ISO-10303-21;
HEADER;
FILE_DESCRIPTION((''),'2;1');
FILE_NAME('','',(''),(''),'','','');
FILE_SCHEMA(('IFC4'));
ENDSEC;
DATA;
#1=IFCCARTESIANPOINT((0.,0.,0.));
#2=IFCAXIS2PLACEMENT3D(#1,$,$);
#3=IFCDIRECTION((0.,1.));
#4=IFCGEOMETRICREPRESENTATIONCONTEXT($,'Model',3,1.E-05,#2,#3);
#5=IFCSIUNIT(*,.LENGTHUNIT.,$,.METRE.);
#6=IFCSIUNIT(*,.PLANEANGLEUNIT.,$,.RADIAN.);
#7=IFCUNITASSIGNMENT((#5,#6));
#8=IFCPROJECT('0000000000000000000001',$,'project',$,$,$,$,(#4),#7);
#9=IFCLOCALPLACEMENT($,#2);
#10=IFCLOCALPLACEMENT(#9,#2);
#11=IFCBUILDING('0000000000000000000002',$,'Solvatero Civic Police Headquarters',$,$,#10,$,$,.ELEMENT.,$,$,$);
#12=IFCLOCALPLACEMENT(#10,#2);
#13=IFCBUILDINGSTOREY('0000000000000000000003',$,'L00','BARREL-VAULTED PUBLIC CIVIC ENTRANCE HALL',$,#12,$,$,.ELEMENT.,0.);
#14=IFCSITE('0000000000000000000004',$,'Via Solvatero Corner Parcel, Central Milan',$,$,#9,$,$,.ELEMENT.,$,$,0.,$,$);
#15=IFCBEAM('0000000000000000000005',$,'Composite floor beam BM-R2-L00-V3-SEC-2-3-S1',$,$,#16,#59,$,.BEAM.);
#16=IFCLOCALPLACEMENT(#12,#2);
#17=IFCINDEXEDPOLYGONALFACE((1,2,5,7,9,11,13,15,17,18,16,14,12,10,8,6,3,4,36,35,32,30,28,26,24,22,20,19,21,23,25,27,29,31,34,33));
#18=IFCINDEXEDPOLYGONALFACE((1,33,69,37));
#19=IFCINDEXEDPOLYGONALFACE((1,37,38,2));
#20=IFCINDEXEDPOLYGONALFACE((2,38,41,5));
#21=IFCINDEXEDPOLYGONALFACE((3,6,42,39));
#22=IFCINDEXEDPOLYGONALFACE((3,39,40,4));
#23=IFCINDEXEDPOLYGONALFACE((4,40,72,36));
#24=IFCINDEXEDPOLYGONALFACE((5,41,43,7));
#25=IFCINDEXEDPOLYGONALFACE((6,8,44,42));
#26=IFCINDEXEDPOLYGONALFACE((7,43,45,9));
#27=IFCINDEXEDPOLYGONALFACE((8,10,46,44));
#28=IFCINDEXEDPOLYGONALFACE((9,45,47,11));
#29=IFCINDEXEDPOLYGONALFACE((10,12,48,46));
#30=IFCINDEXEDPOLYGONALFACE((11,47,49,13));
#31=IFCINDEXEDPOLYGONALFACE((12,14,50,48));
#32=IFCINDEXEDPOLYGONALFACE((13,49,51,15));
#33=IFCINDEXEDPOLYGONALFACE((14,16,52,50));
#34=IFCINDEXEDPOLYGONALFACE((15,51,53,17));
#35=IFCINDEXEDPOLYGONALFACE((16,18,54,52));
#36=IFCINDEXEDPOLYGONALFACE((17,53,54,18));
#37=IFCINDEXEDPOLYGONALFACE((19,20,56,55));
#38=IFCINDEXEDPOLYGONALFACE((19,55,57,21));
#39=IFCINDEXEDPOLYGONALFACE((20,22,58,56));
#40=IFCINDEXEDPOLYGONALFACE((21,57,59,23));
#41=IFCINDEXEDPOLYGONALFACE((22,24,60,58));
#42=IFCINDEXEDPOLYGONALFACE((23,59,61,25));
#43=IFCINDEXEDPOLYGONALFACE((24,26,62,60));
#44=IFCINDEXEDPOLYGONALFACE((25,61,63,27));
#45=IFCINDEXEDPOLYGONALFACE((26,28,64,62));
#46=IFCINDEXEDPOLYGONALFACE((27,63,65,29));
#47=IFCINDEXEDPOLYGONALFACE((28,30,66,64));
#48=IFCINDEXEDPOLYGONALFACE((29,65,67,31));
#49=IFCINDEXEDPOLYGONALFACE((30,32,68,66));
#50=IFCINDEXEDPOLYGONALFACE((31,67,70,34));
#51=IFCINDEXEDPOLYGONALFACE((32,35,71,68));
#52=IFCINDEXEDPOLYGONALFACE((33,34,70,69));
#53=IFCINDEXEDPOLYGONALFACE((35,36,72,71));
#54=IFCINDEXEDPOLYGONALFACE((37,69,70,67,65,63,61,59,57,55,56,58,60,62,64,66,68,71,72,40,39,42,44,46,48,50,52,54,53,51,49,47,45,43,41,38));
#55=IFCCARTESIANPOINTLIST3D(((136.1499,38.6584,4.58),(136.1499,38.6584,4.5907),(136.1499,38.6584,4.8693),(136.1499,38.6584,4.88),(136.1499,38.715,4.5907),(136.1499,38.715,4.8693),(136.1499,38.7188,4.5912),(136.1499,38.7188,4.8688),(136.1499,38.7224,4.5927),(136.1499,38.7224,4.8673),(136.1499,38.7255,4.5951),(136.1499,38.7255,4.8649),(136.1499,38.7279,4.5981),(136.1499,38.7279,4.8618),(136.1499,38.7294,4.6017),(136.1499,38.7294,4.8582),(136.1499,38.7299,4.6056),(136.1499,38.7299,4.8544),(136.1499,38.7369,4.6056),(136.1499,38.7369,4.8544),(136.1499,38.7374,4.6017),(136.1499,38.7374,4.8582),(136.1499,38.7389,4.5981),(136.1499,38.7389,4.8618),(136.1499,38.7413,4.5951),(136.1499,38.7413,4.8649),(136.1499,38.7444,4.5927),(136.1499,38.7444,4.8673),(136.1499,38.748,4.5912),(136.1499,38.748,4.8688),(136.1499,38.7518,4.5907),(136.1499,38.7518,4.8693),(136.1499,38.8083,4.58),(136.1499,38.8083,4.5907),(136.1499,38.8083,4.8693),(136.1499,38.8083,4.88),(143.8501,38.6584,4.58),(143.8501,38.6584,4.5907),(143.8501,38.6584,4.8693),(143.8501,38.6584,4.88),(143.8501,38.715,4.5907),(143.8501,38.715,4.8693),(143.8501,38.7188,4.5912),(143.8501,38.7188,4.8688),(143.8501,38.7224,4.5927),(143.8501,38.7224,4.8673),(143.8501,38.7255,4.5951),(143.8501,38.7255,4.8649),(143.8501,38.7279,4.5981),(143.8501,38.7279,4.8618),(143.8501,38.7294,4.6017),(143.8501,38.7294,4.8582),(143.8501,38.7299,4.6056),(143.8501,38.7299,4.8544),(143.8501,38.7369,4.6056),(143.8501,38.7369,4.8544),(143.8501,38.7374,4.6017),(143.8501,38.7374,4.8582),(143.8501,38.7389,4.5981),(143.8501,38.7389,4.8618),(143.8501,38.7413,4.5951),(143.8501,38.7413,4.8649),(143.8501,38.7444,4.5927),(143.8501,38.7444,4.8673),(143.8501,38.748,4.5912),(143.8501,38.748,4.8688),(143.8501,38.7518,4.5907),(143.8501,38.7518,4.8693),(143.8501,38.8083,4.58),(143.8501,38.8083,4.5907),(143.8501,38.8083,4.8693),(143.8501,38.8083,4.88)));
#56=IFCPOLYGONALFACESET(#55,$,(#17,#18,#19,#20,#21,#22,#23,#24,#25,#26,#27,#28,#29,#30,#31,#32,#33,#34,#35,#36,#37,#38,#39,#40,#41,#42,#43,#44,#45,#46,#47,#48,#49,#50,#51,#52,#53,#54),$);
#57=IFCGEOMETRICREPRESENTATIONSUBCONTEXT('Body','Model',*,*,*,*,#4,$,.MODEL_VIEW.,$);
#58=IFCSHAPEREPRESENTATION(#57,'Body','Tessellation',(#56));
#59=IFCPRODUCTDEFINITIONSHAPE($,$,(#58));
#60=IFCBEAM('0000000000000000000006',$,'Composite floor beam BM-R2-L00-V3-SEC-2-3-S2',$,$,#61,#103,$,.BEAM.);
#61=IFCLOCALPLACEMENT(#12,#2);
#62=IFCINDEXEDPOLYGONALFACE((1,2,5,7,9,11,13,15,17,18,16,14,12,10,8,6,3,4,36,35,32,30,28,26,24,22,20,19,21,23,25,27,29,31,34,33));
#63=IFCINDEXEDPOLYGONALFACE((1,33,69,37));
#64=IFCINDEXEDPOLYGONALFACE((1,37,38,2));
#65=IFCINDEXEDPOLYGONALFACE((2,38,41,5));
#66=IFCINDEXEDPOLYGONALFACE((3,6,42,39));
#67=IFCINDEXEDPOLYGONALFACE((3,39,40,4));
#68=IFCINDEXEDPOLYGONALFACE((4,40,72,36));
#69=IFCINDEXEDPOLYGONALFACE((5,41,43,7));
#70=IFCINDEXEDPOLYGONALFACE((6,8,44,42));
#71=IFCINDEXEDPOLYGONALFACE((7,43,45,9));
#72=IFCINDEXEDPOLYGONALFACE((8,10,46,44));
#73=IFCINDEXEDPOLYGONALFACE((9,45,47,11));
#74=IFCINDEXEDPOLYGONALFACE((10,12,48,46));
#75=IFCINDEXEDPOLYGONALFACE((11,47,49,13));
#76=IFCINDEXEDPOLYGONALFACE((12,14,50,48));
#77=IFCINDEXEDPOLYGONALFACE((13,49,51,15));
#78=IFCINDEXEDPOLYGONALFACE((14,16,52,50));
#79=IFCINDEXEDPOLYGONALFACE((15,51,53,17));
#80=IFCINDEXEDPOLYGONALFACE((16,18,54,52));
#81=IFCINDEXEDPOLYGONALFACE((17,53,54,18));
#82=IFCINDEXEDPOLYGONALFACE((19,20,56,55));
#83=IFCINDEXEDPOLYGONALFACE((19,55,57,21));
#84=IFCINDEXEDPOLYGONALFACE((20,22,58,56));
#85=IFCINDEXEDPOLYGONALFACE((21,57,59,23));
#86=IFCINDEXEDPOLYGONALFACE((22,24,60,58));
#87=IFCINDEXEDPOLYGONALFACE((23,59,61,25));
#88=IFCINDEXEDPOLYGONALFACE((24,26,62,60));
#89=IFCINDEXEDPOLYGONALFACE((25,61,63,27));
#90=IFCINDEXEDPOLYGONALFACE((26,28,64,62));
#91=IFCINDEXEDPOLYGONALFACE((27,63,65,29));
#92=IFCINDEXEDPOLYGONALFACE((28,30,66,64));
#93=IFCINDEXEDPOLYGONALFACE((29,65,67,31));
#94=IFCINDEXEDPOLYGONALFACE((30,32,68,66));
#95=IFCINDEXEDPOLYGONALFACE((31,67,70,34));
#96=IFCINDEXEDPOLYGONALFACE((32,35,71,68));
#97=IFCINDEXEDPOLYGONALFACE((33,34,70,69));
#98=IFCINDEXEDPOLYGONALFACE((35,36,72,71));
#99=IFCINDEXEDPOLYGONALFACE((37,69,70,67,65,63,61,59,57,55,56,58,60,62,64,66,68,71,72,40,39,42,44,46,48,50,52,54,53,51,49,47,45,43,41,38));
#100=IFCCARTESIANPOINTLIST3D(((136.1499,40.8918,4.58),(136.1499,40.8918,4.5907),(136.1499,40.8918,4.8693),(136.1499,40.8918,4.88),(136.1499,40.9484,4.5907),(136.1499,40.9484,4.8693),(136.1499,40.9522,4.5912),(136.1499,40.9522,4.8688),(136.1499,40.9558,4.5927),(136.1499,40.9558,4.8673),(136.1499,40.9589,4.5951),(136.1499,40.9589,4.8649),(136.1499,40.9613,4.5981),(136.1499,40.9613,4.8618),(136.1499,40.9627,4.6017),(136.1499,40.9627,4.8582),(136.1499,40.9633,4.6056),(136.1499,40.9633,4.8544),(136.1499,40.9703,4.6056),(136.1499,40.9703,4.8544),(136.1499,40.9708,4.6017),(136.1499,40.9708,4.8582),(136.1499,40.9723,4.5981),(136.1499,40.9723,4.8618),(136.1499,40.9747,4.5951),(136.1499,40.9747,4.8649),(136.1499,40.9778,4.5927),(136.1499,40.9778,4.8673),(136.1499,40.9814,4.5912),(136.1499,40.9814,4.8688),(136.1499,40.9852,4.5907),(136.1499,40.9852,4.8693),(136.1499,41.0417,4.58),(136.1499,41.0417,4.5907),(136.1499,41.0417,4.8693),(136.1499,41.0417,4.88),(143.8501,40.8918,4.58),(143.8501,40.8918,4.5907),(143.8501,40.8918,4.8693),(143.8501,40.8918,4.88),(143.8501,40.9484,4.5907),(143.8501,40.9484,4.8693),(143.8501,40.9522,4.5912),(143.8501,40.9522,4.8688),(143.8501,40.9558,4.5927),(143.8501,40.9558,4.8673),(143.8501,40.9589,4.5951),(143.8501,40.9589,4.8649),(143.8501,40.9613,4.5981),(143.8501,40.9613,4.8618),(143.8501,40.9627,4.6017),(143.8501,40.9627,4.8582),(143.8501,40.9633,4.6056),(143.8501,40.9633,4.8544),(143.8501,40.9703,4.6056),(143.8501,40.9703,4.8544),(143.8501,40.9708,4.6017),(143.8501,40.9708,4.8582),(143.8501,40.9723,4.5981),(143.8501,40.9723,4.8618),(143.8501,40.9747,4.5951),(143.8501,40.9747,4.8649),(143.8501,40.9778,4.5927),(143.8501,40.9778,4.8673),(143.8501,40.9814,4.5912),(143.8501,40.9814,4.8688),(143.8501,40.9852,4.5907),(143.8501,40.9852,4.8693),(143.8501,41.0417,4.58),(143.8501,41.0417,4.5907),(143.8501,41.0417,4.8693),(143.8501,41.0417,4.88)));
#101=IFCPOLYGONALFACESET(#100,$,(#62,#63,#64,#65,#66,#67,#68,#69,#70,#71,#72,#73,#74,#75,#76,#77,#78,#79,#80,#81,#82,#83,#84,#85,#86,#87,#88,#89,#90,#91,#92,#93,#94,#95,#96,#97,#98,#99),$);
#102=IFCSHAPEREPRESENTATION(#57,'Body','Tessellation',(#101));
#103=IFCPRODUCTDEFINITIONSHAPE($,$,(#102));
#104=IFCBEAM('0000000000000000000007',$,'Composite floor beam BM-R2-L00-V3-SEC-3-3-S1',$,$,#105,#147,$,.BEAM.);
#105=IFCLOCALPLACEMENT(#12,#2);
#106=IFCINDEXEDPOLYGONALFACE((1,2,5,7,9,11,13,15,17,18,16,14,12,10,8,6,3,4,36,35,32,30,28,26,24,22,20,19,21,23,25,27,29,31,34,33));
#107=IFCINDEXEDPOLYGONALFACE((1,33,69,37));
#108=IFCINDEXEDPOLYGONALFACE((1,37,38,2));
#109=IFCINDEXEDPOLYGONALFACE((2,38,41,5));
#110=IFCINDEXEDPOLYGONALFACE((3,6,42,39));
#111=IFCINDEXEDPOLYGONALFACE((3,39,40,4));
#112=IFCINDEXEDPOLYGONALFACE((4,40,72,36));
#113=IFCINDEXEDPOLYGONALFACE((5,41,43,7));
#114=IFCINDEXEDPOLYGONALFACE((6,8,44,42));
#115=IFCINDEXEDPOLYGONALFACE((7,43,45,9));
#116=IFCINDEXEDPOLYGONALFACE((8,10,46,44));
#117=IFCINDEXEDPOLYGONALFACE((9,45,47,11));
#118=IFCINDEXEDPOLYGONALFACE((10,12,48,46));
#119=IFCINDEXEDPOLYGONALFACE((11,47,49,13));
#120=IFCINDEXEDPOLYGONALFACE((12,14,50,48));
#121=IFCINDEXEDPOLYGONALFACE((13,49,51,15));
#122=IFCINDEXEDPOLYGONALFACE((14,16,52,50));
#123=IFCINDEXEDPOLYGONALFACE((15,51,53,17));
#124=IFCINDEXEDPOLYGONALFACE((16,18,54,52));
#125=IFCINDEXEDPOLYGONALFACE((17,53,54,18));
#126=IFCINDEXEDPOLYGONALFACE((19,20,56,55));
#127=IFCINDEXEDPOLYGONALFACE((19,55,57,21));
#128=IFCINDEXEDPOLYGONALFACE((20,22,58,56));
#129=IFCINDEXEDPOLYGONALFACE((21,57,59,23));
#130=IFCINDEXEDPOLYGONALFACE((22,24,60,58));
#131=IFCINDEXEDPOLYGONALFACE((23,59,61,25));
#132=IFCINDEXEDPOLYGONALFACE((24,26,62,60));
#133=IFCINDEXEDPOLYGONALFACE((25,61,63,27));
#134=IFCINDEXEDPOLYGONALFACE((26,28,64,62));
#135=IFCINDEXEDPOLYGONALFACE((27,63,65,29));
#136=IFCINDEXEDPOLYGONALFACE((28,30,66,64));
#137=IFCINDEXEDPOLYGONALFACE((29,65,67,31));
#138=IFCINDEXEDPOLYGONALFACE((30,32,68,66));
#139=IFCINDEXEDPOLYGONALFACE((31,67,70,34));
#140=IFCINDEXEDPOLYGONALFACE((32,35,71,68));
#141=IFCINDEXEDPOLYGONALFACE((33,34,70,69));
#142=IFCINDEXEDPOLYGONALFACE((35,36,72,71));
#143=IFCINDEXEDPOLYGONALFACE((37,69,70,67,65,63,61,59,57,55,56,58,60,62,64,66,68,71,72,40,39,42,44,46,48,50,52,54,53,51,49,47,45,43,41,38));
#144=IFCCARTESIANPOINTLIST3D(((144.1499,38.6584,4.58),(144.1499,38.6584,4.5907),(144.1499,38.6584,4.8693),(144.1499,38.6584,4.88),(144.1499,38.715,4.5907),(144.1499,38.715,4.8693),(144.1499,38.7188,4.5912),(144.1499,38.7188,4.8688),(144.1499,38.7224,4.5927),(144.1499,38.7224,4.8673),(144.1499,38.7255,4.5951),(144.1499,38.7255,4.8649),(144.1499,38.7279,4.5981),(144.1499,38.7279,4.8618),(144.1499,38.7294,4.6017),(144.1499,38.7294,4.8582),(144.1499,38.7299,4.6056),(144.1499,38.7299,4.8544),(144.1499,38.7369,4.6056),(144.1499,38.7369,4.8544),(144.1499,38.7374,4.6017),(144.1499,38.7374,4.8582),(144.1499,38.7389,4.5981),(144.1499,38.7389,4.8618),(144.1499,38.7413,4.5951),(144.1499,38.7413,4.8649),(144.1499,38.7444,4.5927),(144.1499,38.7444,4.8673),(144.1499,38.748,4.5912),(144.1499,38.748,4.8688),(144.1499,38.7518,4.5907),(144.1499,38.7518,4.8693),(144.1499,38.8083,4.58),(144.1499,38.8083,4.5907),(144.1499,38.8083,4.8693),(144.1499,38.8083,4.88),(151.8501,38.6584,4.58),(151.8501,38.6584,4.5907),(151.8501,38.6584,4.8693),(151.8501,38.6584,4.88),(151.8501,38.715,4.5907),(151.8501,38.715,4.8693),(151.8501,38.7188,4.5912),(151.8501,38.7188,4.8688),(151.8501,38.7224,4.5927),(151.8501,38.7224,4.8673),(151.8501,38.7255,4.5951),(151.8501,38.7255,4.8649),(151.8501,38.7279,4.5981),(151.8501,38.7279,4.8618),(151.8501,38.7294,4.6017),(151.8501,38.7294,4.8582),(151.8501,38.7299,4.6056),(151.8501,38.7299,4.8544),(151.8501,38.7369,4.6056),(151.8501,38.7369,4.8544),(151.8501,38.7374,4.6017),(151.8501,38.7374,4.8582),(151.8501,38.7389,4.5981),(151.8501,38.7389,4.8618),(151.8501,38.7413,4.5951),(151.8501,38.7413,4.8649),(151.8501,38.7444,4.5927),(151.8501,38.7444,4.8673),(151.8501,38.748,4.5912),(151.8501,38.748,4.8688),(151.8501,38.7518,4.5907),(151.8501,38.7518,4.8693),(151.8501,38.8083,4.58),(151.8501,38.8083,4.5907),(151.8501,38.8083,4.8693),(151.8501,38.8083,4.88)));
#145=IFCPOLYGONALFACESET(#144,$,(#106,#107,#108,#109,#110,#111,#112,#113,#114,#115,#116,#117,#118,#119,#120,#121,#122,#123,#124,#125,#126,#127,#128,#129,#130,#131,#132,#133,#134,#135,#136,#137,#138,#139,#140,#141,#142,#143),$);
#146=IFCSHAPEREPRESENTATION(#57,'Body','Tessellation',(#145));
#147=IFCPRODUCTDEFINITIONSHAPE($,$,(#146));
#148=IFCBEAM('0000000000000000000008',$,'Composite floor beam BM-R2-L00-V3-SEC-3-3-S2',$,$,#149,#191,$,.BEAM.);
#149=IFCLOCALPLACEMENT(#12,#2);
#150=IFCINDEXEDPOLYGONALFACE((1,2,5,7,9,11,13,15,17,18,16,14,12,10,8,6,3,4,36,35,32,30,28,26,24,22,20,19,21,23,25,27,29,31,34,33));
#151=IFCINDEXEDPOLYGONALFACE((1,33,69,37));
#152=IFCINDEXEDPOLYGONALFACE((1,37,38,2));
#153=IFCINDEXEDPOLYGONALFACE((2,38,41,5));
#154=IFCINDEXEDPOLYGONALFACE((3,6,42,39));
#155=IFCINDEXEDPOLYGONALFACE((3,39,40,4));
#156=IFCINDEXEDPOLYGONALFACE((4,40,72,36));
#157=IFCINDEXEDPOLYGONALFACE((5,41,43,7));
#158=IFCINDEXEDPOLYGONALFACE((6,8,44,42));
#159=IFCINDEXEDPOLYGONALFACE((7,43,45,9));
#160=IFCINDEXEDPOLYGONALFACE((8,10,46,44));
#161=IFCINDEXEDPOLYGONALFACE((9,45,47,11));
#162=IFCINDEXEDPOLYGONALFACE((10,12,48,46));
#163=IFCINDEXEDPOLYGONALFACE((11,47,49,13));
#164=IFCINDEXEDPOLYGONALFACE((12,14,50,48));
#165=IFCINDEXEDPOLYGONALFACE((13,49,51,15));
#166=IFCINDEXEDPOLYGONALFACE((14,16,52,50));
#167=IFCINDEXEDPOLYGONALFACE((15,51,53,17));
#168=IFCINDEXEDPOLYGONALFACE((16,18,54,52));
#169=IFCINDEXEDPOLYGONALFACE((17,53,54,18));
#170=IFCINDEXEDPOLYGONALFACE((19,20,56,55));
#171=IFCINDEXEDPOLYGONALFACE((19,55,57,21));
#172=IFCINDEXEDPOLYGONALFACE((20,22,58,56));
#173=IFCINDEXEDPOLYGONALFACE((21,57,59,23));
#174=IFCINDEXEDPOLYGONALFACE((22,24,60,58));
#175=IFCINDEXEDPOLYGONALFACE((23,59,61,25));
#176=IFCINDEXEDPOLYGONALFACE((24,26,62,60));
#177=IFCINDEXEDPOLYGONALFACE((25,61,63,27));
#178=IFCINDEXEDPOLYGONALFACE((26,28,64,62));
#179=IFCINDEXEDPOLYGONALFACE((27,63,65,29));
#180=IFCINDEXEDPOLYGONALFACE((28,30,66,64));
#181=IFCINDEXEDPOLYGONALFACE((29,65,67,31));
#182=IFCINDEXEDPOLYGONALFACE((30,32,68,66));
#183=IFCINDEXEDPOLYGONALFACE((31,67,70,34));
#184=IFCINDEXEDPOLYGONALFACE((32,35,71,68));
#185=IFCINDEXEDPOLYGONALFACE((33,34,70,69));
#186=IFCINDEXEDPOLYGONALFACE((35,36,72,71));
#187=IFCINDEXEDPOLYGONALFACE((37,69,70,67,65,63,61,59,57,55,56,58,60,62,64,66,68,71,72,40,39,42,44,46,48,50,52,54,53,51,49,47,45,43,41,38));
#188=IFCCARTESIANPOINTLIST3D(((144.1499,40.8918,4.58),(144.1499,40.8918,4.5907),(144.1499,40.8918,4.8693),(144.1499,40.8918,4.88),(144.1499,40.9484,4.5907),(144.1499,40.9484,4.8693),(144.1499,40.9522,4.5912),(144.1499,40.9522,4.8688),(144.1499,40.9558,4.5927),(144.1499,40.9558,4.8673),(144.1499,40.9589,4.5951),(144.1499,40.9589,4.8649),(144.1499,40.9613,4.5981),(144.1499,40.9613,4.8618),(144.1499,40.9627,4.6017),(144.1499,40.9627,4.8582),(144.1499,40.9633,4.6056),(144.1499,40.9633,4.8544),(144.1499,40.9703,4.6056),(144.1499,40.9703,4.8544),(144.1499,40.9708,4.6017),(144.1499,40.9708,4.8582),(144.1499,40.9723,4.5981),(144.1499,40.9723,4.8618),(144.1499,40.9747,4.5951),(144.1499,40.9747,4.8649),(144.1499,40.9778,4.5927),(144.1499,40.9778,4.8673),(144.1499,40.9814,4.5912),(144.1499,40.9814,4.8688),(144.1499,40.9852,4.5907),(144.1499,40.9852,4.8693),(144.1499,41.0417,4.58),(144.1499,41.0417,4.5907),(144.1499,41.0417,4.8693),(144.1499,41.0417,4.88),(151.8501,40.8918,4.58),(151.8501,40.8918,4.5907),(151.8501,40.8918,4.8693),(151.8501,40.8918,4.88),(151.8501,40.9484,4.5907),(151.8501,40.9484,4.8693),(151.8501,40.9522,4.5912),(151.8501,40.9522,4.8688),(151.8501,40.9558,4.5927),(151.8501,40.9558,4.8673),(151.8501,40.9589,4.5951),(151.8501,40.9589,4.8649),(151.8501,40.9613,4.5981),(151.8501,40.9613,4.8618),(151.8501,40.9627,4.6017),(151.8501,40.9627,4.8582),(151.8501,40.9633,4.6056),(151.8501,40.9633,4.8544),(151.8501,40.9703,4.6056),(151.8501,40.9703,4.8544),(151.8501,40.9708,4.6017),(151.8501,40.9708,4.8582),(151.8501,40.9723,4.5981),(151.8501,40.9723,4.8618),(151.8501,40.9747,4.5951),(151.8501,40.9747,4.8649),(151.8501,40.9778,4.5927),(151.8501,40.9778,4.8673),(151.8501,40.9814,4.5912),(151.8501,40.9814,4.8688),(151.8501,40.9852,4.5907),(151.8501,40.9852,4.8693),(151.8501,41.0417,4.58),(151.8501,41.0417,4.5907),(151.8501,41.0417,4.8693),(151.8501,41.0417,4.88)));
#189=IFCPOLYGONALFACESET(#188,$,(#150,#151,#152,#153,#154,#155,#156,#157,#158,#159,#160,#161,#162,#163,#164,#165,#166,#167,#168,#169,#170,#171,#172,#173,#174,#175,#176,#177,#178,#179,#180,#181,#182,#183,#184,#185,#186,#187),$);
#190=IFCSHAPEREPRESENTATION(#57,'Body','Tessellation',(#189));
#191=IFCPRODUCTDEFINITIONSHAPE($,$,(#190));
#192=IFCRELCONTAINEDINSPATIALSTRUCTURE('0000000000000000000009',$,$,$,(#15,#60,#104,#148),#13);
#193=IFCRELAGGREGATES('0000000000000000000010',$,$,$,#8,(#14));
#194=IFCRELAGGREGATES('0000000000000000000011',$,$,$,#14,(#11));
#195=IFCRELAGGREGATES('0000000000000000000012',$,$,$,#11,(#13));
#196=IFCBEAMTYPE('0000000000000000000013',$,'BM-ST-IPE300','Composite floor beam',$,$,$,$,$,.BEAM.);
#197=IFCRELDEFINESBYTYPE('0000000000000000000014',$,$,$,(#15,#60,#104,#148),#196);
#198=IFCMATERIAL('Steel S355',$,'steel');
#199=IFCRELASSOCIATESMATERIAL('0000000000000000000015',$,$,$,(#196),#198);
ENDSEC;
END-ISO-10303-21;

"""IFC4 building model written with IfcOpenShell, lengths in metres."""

from ifc_helpers import new_model, si_unit, direction, frame, origin, origin_2d, place, context, subcontext, project, spatial, i_section, extrude, material, material_profile, profile_set, type_object, element, save


model = new_model("IFC4")

# Units and contexts
model_context = context("Model", 3, precision=1e-05, world=origin(), true_north=direction((0.0, 1.0)))
body_context = subcontext(model_context, "Body", "Model", "MODEL_VIEW")
ifc_project = project(units=[si_unit("LENGTHUNIT", "METRE"), si_unit("PLANEANGLEUNIT", "RADIAN")], contexts=[model_context])

# Site, building, storey
site_placement = place(None, origin())
site = spatial("IfcSite", under=ifc_project, at=site_placement, Name="Via Solvatero Corner Parcel, Central Milan", CompositionType="ELEMENT", RefElevation=0.0)
building_placement = place(site_placement, origin())
building = spatial("IfcBuilding", under=site, at=building_placement, Name="Solvatero Civic Police Headquarters", CompositionType="ELEMENT")
storey_placement = place(building_placement, origin())
storey = spatial("IfcBuildingStorey", under=building, at=storey_placement, Name="L00", Description="BARREL-VAULTED PUBLIC CIVIC ENTRANCE HALL", CompositionType="ELEMENT", Elevation=0.0)

# Beams
ifc_material_1 = material(Name="Steel S355", Category="steel")
ifc_material_profile_1 = material_profile(ifc_material_1, i_section(OverallWidth=0.1499, OverallDepth=0.3, WebThickness=0.0071, FlangeThickness=0.0107, FilletRadius=0.0149, at=origin_2d()), Name="IPE 300")
ifc_profile_set_1 = profile_set([ifc_material_profile_1], Name="Steel S355")
beam_type_1 = type_object("IfcBeamType", Name="BM-ST-IPE300", Description="Composite floor beam", PredefinedType="BEAM", material=ifc_profile_set_1)
for number, where, z_axis, x_axis, name in (
    (1, (136.1499, 38.7334, 4.73), (1.0, 0.0, 0.0), (0.0, 1.0, 0.0), "Composite floor beam BM-R2-L00-V3-SEC-2-3-S1"),
    (2, (136.1499, 40.9668, 4.73), (1.0, 0.0, 0.0), (0.0, 1.0, 0.0), "Composite floor beam BM-R2-L00-V3-SEC-2-3-S2"),
    (3, (144.1499, 38.7334, 4.73), (1.0, 0.0, 0.0), (0.0, 1.0, 0.0), "Composite floor beam BM-R2-L00-V3-SEC-3-3-S1"),
    (4, (144.1499, 40.9668, 4.73), (1.0, 0.0, 0.0), (0.0, 1.0, 0.0), "Composite floor beam BM-R2-L00-V3-SEC-3-3-S2"),
):
    element("IfcBeam", number, at=place(storey_placement, frame(where, z_axis=z_axis, x_axis=x_axis)), inside=storey, type_object=beam_type_1, Name=name, PredefinedType="BEAM", context=body_context, shape_type="SweptSolid", body=[
        extrude(i_section(OverallWidth=0.1499, OverallDepth=0.3, WebThickness=0.0071, FlangeThickness=0.0107, FilletRadius=0.0149, at=origin_2d()), origin(), (0.0, 0.0, 1.0), 7.7002),
    ])

save(model, "model.ifc")
